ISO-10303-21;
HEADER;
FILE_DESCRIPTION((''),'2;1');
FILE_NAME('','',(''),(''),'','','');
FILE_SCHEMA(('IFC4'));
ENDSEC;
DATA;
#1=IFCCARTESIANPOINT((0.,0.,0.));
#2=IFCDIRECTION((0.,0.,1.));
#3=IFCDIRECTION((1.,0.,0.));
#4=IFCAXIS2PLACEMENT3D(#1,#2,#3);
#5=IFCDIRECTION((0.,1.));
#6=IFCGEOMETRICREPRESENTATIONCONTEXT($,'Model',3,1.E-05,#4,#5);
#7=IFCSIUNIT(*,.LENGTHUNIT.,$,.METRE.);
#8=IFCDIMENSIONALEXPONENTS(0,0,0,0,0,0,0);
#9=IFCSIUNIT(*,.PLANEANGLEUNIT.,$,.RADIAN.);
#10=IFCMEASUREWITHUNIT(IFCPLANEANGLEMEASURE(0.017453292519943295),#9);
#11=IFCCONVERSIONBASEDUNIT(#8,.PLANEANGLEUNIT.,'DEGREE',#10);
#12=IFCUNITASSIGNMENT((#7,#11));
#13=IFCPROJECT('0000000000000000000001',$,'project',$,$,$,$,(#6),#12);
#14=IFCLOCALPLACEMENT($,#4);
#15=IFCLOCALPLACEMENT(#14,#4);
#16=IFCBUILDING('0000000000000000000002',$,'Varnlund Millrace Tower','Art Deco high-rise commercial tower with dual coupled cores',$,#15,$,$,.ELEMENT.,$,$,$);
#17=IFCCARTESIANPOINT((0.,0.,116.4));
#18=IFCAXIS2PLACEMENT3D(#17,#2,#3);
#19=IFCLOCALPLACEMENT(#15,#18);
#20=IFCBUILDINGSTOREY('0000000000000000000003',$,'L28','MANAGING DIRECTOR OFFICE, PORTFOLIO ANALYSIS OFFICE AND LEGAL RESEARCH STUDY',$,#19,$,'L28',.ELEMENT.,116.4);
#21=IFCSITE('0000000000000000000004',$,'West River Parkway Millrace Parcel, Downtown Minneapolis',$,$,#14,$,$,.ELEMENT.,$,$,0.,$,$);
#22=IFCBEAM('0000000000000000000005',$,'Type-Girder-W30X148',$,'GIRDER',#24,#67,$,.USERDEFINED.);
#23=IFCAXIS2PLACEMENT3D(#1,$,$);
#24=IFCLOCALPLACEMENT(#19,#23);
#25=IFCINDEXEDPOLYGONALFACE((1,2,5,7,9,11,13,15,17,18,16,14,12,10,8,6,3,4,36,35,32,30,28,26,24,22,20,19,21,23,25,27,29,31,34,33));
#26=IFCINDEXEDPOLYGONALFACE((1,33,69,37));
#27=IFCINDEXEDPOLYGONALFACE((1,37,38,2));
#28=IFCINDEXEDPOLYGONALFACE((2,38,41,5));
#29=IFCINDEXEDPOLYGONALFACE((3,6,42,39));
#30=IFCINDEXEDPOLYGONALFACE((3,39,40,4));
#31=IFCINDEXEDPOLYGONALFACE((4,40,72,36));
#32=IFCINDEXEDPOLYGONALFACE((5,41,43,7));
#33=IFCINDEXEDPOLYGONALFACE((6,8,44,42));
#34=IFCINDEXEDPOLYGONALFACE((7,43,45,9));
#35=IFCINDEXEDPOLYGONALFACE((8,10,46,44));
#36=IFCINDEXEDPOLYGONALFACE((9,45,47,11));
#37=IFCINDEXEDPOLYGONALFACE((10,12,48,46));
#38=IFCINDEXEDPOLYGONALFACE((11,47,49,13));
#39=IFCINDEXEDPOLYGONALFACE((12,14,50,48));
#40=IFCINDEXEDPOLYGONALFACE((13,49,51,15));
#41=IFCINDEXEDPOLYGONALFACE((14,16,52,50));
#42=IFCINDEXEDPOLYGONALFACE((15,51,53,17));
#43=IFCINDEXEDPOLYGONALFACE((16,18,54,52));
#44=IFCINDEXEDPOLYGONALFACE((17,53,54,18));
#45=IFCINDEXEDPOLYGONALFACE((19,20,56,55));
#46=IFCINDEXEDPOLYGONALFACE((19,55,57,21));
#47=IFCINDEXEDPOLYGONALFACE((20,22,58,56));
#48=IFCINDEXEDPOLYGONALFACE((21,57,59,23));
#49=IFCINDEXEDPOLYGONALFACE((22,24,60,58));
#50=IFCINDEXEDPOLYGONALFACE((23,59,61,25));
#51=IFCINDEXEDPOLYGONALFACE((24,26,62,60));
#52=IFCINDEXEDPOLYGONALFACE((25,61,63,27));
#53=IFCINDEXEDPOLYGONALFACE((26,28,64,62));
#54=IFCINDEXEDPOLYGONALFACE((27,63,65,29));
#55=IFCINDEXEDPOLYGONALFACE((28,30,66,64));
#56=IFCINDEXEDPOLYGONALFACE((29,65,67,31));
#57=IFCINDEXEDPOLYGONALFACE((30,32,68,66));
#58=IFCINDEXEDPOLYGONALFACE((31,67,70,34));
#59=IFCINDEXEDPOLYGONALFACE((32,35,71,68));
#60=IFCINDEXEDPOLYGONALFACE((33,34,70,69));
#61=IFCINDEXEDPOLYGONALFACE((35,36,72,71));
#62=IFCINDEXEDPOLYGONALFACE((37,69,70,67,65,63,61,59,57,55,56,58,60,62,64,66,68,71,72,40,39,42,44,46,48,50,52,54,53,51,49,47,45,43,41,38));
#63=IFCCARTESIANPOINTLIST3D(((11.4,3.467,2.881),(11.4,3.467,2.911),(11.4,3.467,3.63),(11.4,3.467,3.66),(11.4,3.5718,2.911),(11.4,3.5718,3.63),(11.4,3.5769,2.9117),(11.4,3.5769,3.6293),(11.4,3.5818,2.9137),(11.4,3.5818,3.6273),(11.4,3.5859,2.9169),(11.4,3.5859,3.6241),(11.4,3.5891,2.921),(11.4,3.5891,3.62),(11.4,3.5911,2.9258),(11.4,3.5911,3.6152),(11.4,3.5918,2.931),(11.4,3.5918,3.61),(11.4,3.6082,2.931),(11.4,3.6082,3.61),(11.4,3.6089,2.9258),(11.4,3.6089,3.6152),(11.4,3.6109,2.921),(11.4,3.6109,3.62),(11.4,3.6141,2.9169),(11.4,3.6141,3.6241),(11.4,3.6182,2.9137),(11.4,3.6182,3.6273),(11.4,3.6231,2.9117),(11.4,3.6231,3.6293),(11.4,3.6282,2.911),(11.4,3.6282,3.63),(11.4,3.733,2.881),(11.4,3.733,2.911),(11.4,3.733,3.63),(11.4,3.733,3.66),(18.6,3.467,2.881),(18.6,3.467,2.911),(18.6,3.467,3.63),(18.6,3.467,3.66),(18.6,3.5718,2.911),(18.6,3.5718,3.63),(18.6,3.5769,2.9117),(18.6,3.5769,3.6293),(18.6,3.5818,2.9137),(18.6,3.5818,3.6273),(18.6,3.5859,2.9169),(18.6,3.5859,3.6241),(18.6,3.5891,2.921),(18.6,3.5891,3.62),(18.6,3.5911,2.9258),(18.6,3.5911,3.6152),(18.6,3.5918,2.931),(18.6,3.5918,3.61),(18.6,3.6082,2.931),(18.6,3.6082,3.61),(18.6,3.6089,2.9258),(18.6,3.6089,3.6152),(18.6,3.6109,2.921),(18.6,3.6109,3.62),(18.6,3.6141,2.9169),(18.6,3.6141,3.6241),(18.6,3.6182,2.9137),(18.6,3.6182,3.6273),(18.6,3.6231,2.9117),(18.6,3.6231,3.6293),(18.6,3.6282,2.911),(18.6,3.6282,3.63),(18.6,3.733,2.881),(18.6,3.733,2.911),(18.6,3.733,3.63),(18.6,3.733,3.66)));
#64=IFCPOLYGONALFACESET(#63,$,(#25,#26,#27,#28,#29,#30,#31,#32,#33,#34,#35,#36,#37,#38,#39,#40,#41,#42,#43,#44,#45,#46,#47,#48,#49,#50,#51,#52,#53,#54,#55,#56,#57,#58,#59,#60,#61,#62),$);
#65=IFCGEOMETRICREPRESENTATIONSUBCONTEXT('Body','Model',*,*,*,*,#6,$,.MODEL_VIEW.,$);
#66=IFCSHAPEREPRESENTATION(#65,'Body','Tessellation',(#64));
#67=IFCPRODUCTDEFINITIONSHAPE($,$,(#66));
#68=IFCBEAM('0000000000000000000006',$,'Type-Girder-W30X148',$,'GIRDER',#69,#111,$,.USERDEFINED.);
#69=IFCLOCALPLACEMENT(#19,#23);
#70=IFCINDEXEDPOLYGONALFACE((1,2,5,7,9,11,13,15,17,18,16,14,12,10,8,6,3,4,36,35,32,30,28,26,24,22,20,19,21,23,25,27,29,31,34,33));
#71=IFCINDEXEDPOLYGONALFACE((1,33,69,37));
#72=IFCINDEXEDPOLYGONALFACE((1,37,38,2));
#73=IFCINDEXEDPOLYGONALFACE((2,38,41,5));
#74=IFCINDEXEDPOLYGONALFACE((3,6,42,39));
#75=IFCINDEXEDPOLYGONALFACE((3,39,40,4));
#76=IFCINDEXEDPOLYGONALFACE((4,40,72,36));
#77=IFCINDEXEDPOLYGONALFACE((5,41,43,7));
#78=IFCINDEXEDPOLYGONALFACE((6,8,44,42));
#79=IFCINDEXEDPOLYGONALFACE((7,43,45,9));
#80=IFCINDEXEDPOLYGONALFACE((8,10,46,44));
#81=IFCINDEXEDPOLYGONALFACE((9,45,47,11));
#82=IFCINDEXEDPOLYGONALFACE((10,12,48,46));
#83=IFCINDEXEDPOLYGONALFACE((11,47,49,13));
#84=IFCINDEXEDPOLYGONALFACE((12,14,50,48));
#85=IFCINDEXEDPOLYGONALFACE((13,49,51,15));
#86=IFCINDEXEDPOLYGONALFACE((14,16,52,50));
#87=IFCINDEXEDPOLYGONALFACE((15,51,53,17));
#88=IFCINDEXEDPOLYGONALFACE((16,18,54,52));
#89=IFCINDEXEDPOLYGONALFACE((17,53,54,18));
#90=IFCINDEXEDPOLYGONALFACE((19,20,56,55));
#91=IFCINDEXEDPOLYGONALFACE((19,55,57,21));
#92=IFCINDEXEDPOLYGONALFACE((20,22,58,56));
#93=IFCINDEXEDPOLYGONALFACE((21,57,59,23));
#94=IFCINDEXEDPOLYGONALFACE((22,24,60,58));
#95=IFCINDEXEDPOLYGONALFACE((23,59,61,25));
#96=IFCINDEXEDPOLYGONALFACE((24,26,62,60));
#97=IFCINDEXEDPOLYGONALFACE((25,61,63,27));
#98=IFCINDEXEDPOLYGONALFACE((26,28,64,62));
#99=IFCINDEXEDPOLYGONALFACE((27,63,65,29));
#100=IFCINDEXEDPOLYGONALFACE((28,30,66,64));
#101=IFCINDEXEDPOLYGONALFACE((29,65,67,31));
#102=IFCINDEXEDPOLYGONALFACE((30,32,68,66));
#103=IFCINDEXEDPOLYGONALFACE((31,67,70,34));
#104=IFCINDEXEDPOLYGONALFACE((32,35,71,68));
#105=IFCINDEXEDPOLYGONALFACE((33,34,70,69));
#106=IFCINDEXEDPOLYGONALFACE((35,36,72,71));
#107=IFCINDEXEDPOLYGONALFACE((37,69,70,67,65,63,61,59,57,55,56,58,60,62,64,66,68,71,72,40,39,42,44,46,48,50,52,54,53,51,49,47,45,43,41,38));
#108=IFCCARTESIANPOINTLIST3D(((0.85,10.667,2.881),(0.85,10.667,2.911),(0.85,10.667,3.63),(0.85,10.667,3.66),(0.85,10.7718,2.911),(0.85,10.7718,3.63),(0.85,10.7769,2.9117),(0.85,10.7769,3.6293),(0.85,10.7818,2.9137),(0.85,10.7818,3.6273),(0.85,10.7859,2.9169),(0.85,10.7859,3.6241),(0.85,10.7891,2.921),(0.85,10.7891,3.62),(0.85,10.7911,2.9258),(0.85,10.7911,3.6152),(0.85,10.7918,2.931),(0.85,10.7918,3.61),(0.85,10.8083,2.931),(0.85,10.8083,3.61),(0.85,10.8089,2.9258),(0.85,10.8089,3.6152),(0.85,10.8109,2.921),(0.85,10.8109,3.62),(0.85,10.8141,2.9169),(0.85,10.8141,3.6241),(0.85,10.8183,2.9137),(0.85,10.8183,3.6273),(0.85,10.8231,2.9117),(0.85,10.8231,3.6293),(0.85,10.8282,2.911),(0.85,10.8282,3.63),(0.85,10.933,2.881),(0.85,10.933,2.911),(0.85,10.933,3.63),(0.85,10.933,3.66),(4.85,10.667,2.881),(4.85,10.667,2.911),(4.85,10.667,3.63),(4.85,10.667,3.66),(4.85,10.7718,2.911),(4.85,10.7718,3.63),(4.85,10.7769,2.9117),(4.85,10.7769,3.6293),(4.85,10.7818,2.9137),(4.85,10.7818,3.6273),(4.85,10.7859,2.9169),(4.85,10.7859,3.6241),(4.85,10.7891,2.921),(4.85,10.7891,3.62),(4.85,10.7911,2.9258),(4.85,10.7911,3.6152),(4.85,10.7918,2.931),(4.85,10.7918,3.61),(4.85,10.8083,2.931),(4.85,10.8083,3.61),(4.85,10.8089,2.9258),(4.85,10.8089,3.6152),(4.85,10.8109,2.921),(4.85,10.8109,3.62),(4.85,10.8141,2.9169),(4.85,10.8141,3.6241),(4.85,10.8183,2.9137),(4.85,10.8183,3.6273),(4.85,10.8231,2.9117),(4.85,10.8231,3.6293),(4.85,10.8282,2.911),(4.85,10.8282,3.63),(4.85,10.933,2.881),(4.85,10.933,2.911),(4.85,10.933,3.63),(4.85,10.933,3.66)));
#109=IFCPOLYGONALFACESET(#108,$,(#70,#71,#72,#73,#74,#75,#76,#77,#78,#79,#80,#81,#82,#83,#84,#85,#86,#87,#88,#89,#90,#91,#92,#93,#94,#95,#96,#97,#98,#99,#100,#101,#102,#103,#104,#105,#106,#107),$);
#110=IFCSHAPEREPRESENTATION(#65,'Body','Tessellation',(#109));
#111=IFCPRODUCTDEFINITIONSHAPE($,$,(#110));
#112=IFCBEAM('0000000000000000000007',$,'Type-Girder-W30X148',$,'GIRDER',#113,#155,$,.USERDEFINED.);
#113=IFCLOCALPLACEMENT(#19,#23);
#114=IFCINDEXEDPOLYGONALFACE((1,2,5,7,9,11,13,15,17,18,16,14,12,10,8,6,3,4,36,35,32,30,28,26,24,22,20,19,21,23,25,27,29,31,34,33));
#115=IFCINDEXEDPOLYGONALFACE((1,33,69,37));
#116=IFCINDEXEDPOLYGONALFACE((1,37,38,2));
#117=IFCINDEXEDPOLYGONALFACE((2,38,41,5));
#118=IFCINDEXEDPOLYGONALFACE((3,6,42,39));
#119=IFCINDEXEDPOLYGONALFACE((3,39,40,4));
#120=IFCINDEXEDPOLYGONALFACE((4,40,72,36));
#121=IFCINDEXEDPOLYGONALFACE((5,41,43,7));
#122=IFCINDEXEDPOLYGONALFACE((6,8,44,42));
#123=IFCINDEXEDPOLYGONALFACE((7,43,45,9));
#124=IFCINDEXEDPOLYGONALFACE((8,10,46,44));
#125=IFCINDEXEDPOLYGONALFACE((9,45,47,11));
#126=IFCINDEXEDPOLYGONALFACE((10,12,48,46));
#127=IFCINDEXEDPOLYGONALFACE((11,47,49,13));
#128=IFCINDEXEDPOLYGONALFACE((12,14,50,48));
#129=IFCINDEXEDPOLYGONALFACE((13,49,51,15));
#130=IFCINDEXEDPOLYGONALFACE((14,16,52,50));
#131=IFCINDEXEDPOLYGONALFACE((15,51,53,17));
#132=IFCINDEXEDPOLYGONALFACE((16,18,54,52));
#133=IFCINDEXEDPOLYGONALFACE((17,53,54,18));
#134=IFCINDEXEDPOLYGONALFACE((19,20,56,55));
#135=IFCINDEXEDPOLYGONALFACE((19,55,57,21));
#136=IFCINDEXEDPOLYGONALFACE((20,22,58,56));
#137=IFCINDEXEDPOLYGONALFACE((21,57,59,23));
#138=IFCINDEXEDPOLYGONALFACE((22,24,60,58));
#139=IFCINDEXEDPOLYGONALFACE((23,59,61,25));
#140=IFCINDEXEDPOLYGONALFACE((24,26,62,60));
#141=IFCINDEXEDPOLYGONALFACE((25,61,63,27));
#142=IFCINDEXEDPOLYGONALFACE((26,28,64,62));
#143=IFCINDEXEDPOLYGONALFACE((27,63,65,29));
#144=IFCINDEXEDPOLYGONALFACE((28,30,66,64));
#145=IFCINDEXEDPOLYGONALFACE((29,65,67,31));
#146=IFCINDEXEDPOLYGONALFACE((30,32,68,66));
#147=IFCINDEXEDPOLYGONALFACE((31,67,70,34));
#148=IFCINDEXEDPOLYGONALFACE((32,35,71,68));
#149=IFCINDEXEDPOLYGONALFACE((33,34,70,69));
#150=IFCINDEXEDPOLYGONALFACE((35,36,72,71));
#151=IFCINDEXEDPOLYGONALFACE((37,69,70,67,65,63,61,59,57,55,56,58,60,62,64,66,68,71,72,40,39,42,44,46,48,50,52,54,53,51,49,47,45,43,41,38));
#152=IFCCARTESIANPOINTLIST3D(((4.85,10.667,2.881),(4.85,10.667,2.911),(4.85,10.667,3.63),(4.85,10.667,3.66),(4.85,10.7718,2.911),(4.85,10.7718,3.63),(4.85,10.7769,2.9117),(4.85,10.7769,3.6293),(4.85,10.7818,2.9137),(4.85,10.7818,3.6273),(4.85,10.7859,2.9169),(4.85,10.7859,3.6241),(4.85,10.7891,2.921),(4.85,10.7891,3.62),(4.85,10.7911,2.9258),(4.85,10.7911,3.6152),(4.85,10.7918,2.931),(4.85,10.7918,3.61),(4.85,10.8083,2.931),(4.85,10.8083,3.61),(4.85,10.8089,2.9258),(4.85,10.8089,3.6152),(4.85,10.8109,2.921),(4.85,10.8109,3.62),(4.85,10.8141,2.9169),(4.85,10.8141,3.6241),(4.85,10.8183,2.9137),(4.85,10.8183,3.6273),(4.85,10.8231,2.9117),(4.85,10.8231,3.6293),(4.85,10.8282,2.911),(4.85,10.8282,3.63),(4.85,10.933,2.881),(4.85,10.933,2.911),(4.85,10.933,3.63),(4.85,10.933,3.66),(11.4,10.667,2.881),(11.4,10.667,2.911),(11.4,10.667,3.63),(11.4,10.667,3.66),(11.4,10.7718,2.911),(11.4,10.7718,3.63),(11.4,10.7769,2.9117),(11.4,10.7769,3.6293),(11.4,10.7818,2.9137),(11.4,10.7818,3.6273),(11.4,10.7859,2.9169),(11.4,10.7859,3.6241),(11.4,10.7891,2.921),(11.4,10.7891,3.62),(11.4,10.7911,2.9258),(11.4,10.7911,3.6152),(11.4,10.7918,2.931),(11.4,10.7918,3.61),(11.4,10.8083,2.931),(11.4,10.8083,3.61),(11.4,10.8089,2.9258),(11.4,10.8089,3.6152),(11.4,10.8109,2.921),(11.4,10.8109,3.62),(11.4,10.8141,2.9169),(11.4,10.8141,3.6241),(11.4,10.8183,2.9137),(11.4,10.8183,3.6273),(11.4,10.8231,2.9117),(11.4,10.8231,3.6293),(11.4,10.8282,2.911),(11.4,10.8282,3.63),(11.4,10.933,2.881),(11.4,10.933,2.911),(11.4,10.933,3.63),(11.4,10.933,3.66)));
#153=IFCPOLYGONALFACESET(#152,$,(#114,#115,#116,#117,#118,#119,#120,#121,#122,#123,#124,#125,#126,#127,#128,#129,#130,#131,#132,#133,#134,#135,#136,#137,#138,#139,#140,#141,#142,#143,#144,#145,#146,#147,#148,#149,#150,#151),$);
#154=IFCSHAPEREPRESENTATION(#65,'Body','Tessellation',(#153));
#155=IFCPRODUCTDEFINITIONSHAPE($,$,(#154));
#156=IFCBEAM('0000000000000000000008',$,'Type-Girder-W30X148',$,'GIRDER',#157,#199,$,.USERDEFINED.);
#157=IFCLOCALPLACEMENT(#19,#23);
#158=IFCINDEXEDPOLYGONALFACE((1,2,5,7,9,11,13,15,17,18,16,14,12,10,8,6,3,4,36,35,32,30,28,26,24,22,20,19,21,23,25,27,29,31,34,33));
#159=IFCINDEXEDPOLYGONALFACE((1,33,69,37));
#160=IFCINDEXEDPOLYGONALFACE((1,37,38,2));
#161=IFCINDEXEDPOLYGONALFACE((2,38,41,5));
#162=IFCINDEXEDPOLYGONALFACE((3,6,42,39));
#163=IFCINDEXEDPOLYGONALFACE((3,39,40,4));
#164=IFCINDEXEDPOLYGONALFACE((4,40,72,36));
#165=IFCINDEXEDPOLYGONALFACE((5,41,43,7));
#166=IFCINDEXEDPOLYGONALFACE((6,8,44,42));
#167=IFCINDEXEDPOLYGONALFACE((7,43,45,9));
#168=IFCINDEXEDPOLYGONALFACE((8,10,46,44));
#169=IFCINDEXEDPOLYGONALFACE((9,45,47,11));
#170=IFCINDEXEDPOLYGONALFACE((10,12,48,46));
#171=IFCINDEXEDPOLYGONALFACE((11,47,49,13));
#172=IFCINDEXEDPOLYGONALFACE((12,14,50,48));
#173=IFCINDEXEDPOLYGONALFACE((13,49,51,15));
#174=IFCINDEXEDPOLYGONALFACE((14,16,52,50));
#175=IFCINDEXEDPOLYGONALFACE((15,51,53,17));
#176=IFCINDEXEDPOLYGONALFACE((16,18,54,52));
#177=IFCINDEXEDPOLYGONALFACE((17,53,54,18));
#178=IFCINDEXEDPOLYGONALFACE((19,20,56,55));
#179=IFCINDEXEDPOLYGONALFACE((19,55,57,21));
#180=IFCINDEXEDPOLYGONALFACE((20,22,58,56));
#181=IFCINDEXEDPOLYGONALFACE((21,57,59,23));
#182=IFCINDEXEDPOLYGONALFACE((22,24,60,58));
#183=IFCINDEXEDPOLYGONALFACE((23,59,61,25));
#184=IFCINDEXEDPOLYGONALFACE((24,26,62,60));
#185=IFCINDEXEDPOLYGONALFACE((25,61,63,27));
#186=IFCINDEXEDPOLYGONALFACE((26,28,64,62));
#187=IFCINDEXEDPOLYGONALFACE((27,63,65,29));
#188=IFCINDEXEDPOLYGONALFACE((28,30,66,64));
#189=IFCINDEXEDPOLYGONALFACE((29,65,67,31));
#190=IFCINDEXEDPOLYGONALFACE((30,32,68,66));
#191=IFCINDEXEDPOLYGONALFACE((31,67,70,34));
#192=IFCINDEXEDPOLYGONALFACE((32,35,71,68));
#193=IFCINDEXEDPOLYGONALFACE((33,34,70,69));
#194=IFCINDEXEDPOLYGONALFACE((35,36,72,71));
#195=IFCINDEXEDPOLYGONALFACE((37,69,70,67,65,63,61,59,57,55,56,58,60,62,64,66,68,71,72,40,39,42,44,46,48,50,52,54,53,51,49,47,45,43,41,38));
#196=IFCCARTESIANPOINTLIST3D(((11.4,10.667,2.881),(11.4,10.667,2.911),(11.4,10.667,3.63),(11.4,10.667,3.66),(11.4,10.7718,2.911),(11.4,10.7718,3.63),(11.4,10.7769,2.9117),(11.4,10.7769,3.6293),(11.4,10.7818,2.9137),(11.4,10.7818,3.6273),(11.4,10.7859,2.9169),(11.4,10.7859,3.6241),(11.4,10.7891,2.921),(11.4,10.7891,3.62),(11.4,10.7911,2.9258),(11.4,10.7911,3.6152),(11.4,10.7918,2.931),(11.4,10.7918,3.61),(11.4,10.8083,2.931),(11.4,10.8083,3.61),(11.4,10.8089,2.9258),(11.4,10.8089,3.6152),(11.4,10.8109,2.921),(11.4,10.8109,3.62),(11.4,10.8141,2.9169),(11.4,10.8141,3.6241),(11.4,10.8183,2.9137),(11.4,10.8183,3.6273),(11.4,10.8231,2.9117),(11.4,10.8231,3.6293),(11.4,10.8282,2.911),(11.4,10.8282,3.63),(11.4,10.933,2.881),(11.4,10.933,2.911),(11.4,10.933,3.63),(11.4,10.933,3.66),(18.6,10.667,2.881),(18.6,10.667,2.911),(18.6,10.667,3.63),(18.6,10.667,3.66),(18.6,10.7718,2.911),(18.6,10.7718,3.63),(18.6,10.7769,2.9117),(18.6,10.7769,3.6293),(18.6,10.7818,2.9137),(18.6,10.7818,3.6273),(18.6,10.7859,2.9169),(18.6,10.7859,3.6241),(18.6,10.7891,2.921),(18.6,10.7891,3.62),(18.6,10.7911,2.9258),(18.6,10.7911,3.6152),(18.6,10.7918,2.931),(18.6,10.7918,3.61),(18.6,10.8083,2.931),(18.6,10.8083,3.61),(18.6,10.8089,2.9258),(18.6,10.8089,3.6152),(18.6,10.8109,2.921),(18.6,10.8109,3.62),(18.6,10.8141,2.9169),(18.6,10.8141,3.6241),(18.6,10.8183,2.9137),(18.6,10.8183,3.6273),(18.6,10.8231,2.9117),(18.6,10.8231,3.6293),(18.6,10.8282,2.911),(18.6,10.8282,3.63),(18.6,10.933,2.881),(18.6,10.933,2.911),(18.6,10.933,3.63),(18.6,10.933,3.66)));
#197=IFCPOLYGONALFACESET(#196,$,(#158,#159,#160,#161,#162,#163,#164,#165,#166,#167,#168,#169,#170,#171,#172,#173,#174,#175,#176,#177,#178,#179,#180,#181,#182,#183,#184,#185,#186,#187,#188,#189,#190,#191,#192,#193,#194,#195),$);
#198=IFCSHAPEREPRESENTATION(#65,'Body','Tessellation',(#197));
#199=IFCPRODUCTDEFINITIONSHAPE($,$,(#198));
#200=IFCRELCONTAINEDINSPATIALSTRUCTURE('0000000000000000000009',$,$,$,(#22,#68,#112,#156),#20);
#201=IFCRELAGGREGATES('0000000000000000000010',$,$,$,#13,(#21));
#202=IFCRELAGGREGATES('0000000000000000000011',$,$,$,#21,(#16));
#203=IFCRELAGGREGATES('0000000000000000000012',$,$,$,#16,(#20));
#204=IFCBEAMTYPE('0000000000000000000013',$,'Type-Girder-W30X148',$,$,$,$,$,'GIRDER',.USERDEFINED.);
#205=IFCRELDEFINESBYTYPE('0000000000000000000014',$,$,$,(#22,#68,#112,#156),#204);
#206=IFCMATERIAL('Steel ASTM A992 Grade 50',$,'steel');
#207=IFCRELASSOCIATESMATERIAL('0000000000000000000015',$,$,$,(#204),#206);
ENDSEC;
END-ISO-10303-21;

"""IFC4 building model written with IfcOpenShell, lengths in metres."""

from ifc_helpers import new_model, entity, si_unit, converted_unit, direction, frame, origin_with_axes, origin_2d_with_axis, place, context, subcontext, project, spatial, i_section, extrude, material, material_profile, profile_set, type_object, element, save


model = new_model("IFC4")

# Units and contexts
model_context = context("Model", 3, precision=1e-05, world=origin_with_axes(), true_north=direction((0.0, 1.0)))
body_context = subcontext(model_context, "Body", "Model", "MODEL_VIEW")
ifc_project = project(units=[si_unit("LENGTHUNIT", "METRE"), converted_unit("PLANEANGLEUNIT", "DEGREE", entity("IfcPlaneAngleMeasure", 0.017453292519943295), si_unit("PLANEANGLEUNIT", "RADIAN"), dimensions=[0, 0, 0, 0, 0, 0, 0])], contexts=[model_context])

# Site, building, storey
site_placement = place(None, origin_with_axes())
site = spatial("IfcSite", under=ifc_project, at=site_placement, Name="West River Parkway Millrace Parcel, Downtown Minneapolis", CompositionType="ELEMENT", RefElevation=0.0)
building_placement = place(site_placement, origin_with_axes())
building = spatial("IfcBuilding", under=site, at=building_placement, Name="Varnlund Millrace Tower", Description="Art Deco high-rise commercial tower with dual coupled cores", CompositionType="ELEMENT")
storey_placement = place(building_placement, frame((0.0, 0.0, 116.4), z_axis=(0.0, 0.0, 1.0), x_axis=(1.0, 0.0, 0.0)))
storey = spatial("IfcBuildingStorey", under=building, at=storey_placement, Name="L28", Description="MANAGING DIRECTOR OFFICE, PORTFOLIO ANALYSIS OFFICE AND LEGAL RESEARCH STUDY", LongName="L28", CompositionType="ELEMENT", Elevation=116.4)

# Beams
ifc_material_1 = material(Name="Steel ASTM A992 Grade 50", Category="steel")
ifc_material_profile_1 = material_profile(ifc_material_1, i_section(OverallWidth=0.266, OverallDepth=0.779, WebThickness=0.0165, FlangeThickness=0.03, FilletRadius=0.02, at=origin_2d_with_axis()), Name="Steel ASTM A992 Grade 50")
ifc_profile_set_1 = profile_set([ifc_material_profile_1], Name="Steel ASTM A992 Grade 50")
beam_type_1 = type_object("IfcBeamType", Name="Type-Girder-W30X148", ElementType="GIRDER", PredefinedType="USERDEFINED", material=ifc_profile_set_1)
beam_1_placement = place(storey_placement, frame((11.4, 3.6, 3.2705), z_axis=(1.0, 0.0, 0.0), x_axis=(0.0, 1.0, 0.0)))
element("IfcBeam", 1, at=beam_1_placement, inside=storey, type_object=beam_type_1, Name="Type-Girder-W30X148", ObjectType="GIRDER", PredefinedType="USERDEFINED", context=body_context, shape_type="SweptSolid", body=[
    extrude(i_section(OverallWidth=0.266, OverallDepth=0.779, WebThickness=0.0165, FlangeThickness=0.03, FilletRadius=0.02, at=origin_2d_with_axis()), origin_with_axes(), (0.0, 0.0, 1.0), 7.2),
])
beam_2_placement = place(storey_placement, frame((0.85, 10.8, 3.2705), z_axis=(1.0, 0.0, 0.0), x_axis=(0.0, 1.0, 0.0)))
element("IfcBeam", 2, at=beam_2_placement, inside=storey, type_object=beam_type_1, Name="Type-Girder-W30X148", ObjectType="GIRDER", PredefinedType="USERDEFINED", context=body_context, shape_type="SweptSolid", body=[
    extrude(i_section(OverallWidth=0.266, OverallDepth=0.779, WebThickness=0.0165, FlangeThickness=0.03, FilletRadius=0.02, at=origin_2d_with_axis()), origin_with_axes(), (0.0, 0.0, 1.0), 4.0),
])
beam_3_placement = place(storey_placement, frame((4.85, 10.8, 3.2705), z_axis=(1.0, 0.0, 0.0), x_axis=(0.0, 1.0, 0.0)))
element("IfcBeam", 3, at=beam_3_placement, inside=storey, type_object=beam_type_1, Name="Type-Girder-W30X148", ObjectType="GIRDER", PredefinedType="USERDEFINED", context=body_context, shape_type="SweptSolid", body=[
    extrude(i_section(OverallWidth=0.266, OverallDepth=0.779, WebThickness=0.0165, FlangeThickness=0.03, FilletRadius=0.02, at=origin_2d_with_axis()), origin_with_axes(), (0.0, 0.0, 1.0), 6.55),
])
beam_4_placement = place(storey_placement, frame((11.4, 10.8, 3.2705), z_axis=(1.0, 0.0, 0.0), x_axis=(0.0, 1.0, 0.0)))
element("IfcBeam", 4, at=beam_4_placement, inside=storey, type_object=beam_type_1, Name="Type-Girder-W30X148", ObjectType="GIRDER", PredefinedType="USERDEFINED", context=body_context, shape_type="SweptSolid", body=[
    extrude(i_section(OverallWidth=0.266, OverallDepth=0.779, WebThickness=0.0165, FlangeThickness=0.03, FilletRadius=0.02, at=origin_2d_with_axis()), origin_with_axes(), (0.0, 0.0, 1.0), 7.2),
])

save(model, "model.ifc")
